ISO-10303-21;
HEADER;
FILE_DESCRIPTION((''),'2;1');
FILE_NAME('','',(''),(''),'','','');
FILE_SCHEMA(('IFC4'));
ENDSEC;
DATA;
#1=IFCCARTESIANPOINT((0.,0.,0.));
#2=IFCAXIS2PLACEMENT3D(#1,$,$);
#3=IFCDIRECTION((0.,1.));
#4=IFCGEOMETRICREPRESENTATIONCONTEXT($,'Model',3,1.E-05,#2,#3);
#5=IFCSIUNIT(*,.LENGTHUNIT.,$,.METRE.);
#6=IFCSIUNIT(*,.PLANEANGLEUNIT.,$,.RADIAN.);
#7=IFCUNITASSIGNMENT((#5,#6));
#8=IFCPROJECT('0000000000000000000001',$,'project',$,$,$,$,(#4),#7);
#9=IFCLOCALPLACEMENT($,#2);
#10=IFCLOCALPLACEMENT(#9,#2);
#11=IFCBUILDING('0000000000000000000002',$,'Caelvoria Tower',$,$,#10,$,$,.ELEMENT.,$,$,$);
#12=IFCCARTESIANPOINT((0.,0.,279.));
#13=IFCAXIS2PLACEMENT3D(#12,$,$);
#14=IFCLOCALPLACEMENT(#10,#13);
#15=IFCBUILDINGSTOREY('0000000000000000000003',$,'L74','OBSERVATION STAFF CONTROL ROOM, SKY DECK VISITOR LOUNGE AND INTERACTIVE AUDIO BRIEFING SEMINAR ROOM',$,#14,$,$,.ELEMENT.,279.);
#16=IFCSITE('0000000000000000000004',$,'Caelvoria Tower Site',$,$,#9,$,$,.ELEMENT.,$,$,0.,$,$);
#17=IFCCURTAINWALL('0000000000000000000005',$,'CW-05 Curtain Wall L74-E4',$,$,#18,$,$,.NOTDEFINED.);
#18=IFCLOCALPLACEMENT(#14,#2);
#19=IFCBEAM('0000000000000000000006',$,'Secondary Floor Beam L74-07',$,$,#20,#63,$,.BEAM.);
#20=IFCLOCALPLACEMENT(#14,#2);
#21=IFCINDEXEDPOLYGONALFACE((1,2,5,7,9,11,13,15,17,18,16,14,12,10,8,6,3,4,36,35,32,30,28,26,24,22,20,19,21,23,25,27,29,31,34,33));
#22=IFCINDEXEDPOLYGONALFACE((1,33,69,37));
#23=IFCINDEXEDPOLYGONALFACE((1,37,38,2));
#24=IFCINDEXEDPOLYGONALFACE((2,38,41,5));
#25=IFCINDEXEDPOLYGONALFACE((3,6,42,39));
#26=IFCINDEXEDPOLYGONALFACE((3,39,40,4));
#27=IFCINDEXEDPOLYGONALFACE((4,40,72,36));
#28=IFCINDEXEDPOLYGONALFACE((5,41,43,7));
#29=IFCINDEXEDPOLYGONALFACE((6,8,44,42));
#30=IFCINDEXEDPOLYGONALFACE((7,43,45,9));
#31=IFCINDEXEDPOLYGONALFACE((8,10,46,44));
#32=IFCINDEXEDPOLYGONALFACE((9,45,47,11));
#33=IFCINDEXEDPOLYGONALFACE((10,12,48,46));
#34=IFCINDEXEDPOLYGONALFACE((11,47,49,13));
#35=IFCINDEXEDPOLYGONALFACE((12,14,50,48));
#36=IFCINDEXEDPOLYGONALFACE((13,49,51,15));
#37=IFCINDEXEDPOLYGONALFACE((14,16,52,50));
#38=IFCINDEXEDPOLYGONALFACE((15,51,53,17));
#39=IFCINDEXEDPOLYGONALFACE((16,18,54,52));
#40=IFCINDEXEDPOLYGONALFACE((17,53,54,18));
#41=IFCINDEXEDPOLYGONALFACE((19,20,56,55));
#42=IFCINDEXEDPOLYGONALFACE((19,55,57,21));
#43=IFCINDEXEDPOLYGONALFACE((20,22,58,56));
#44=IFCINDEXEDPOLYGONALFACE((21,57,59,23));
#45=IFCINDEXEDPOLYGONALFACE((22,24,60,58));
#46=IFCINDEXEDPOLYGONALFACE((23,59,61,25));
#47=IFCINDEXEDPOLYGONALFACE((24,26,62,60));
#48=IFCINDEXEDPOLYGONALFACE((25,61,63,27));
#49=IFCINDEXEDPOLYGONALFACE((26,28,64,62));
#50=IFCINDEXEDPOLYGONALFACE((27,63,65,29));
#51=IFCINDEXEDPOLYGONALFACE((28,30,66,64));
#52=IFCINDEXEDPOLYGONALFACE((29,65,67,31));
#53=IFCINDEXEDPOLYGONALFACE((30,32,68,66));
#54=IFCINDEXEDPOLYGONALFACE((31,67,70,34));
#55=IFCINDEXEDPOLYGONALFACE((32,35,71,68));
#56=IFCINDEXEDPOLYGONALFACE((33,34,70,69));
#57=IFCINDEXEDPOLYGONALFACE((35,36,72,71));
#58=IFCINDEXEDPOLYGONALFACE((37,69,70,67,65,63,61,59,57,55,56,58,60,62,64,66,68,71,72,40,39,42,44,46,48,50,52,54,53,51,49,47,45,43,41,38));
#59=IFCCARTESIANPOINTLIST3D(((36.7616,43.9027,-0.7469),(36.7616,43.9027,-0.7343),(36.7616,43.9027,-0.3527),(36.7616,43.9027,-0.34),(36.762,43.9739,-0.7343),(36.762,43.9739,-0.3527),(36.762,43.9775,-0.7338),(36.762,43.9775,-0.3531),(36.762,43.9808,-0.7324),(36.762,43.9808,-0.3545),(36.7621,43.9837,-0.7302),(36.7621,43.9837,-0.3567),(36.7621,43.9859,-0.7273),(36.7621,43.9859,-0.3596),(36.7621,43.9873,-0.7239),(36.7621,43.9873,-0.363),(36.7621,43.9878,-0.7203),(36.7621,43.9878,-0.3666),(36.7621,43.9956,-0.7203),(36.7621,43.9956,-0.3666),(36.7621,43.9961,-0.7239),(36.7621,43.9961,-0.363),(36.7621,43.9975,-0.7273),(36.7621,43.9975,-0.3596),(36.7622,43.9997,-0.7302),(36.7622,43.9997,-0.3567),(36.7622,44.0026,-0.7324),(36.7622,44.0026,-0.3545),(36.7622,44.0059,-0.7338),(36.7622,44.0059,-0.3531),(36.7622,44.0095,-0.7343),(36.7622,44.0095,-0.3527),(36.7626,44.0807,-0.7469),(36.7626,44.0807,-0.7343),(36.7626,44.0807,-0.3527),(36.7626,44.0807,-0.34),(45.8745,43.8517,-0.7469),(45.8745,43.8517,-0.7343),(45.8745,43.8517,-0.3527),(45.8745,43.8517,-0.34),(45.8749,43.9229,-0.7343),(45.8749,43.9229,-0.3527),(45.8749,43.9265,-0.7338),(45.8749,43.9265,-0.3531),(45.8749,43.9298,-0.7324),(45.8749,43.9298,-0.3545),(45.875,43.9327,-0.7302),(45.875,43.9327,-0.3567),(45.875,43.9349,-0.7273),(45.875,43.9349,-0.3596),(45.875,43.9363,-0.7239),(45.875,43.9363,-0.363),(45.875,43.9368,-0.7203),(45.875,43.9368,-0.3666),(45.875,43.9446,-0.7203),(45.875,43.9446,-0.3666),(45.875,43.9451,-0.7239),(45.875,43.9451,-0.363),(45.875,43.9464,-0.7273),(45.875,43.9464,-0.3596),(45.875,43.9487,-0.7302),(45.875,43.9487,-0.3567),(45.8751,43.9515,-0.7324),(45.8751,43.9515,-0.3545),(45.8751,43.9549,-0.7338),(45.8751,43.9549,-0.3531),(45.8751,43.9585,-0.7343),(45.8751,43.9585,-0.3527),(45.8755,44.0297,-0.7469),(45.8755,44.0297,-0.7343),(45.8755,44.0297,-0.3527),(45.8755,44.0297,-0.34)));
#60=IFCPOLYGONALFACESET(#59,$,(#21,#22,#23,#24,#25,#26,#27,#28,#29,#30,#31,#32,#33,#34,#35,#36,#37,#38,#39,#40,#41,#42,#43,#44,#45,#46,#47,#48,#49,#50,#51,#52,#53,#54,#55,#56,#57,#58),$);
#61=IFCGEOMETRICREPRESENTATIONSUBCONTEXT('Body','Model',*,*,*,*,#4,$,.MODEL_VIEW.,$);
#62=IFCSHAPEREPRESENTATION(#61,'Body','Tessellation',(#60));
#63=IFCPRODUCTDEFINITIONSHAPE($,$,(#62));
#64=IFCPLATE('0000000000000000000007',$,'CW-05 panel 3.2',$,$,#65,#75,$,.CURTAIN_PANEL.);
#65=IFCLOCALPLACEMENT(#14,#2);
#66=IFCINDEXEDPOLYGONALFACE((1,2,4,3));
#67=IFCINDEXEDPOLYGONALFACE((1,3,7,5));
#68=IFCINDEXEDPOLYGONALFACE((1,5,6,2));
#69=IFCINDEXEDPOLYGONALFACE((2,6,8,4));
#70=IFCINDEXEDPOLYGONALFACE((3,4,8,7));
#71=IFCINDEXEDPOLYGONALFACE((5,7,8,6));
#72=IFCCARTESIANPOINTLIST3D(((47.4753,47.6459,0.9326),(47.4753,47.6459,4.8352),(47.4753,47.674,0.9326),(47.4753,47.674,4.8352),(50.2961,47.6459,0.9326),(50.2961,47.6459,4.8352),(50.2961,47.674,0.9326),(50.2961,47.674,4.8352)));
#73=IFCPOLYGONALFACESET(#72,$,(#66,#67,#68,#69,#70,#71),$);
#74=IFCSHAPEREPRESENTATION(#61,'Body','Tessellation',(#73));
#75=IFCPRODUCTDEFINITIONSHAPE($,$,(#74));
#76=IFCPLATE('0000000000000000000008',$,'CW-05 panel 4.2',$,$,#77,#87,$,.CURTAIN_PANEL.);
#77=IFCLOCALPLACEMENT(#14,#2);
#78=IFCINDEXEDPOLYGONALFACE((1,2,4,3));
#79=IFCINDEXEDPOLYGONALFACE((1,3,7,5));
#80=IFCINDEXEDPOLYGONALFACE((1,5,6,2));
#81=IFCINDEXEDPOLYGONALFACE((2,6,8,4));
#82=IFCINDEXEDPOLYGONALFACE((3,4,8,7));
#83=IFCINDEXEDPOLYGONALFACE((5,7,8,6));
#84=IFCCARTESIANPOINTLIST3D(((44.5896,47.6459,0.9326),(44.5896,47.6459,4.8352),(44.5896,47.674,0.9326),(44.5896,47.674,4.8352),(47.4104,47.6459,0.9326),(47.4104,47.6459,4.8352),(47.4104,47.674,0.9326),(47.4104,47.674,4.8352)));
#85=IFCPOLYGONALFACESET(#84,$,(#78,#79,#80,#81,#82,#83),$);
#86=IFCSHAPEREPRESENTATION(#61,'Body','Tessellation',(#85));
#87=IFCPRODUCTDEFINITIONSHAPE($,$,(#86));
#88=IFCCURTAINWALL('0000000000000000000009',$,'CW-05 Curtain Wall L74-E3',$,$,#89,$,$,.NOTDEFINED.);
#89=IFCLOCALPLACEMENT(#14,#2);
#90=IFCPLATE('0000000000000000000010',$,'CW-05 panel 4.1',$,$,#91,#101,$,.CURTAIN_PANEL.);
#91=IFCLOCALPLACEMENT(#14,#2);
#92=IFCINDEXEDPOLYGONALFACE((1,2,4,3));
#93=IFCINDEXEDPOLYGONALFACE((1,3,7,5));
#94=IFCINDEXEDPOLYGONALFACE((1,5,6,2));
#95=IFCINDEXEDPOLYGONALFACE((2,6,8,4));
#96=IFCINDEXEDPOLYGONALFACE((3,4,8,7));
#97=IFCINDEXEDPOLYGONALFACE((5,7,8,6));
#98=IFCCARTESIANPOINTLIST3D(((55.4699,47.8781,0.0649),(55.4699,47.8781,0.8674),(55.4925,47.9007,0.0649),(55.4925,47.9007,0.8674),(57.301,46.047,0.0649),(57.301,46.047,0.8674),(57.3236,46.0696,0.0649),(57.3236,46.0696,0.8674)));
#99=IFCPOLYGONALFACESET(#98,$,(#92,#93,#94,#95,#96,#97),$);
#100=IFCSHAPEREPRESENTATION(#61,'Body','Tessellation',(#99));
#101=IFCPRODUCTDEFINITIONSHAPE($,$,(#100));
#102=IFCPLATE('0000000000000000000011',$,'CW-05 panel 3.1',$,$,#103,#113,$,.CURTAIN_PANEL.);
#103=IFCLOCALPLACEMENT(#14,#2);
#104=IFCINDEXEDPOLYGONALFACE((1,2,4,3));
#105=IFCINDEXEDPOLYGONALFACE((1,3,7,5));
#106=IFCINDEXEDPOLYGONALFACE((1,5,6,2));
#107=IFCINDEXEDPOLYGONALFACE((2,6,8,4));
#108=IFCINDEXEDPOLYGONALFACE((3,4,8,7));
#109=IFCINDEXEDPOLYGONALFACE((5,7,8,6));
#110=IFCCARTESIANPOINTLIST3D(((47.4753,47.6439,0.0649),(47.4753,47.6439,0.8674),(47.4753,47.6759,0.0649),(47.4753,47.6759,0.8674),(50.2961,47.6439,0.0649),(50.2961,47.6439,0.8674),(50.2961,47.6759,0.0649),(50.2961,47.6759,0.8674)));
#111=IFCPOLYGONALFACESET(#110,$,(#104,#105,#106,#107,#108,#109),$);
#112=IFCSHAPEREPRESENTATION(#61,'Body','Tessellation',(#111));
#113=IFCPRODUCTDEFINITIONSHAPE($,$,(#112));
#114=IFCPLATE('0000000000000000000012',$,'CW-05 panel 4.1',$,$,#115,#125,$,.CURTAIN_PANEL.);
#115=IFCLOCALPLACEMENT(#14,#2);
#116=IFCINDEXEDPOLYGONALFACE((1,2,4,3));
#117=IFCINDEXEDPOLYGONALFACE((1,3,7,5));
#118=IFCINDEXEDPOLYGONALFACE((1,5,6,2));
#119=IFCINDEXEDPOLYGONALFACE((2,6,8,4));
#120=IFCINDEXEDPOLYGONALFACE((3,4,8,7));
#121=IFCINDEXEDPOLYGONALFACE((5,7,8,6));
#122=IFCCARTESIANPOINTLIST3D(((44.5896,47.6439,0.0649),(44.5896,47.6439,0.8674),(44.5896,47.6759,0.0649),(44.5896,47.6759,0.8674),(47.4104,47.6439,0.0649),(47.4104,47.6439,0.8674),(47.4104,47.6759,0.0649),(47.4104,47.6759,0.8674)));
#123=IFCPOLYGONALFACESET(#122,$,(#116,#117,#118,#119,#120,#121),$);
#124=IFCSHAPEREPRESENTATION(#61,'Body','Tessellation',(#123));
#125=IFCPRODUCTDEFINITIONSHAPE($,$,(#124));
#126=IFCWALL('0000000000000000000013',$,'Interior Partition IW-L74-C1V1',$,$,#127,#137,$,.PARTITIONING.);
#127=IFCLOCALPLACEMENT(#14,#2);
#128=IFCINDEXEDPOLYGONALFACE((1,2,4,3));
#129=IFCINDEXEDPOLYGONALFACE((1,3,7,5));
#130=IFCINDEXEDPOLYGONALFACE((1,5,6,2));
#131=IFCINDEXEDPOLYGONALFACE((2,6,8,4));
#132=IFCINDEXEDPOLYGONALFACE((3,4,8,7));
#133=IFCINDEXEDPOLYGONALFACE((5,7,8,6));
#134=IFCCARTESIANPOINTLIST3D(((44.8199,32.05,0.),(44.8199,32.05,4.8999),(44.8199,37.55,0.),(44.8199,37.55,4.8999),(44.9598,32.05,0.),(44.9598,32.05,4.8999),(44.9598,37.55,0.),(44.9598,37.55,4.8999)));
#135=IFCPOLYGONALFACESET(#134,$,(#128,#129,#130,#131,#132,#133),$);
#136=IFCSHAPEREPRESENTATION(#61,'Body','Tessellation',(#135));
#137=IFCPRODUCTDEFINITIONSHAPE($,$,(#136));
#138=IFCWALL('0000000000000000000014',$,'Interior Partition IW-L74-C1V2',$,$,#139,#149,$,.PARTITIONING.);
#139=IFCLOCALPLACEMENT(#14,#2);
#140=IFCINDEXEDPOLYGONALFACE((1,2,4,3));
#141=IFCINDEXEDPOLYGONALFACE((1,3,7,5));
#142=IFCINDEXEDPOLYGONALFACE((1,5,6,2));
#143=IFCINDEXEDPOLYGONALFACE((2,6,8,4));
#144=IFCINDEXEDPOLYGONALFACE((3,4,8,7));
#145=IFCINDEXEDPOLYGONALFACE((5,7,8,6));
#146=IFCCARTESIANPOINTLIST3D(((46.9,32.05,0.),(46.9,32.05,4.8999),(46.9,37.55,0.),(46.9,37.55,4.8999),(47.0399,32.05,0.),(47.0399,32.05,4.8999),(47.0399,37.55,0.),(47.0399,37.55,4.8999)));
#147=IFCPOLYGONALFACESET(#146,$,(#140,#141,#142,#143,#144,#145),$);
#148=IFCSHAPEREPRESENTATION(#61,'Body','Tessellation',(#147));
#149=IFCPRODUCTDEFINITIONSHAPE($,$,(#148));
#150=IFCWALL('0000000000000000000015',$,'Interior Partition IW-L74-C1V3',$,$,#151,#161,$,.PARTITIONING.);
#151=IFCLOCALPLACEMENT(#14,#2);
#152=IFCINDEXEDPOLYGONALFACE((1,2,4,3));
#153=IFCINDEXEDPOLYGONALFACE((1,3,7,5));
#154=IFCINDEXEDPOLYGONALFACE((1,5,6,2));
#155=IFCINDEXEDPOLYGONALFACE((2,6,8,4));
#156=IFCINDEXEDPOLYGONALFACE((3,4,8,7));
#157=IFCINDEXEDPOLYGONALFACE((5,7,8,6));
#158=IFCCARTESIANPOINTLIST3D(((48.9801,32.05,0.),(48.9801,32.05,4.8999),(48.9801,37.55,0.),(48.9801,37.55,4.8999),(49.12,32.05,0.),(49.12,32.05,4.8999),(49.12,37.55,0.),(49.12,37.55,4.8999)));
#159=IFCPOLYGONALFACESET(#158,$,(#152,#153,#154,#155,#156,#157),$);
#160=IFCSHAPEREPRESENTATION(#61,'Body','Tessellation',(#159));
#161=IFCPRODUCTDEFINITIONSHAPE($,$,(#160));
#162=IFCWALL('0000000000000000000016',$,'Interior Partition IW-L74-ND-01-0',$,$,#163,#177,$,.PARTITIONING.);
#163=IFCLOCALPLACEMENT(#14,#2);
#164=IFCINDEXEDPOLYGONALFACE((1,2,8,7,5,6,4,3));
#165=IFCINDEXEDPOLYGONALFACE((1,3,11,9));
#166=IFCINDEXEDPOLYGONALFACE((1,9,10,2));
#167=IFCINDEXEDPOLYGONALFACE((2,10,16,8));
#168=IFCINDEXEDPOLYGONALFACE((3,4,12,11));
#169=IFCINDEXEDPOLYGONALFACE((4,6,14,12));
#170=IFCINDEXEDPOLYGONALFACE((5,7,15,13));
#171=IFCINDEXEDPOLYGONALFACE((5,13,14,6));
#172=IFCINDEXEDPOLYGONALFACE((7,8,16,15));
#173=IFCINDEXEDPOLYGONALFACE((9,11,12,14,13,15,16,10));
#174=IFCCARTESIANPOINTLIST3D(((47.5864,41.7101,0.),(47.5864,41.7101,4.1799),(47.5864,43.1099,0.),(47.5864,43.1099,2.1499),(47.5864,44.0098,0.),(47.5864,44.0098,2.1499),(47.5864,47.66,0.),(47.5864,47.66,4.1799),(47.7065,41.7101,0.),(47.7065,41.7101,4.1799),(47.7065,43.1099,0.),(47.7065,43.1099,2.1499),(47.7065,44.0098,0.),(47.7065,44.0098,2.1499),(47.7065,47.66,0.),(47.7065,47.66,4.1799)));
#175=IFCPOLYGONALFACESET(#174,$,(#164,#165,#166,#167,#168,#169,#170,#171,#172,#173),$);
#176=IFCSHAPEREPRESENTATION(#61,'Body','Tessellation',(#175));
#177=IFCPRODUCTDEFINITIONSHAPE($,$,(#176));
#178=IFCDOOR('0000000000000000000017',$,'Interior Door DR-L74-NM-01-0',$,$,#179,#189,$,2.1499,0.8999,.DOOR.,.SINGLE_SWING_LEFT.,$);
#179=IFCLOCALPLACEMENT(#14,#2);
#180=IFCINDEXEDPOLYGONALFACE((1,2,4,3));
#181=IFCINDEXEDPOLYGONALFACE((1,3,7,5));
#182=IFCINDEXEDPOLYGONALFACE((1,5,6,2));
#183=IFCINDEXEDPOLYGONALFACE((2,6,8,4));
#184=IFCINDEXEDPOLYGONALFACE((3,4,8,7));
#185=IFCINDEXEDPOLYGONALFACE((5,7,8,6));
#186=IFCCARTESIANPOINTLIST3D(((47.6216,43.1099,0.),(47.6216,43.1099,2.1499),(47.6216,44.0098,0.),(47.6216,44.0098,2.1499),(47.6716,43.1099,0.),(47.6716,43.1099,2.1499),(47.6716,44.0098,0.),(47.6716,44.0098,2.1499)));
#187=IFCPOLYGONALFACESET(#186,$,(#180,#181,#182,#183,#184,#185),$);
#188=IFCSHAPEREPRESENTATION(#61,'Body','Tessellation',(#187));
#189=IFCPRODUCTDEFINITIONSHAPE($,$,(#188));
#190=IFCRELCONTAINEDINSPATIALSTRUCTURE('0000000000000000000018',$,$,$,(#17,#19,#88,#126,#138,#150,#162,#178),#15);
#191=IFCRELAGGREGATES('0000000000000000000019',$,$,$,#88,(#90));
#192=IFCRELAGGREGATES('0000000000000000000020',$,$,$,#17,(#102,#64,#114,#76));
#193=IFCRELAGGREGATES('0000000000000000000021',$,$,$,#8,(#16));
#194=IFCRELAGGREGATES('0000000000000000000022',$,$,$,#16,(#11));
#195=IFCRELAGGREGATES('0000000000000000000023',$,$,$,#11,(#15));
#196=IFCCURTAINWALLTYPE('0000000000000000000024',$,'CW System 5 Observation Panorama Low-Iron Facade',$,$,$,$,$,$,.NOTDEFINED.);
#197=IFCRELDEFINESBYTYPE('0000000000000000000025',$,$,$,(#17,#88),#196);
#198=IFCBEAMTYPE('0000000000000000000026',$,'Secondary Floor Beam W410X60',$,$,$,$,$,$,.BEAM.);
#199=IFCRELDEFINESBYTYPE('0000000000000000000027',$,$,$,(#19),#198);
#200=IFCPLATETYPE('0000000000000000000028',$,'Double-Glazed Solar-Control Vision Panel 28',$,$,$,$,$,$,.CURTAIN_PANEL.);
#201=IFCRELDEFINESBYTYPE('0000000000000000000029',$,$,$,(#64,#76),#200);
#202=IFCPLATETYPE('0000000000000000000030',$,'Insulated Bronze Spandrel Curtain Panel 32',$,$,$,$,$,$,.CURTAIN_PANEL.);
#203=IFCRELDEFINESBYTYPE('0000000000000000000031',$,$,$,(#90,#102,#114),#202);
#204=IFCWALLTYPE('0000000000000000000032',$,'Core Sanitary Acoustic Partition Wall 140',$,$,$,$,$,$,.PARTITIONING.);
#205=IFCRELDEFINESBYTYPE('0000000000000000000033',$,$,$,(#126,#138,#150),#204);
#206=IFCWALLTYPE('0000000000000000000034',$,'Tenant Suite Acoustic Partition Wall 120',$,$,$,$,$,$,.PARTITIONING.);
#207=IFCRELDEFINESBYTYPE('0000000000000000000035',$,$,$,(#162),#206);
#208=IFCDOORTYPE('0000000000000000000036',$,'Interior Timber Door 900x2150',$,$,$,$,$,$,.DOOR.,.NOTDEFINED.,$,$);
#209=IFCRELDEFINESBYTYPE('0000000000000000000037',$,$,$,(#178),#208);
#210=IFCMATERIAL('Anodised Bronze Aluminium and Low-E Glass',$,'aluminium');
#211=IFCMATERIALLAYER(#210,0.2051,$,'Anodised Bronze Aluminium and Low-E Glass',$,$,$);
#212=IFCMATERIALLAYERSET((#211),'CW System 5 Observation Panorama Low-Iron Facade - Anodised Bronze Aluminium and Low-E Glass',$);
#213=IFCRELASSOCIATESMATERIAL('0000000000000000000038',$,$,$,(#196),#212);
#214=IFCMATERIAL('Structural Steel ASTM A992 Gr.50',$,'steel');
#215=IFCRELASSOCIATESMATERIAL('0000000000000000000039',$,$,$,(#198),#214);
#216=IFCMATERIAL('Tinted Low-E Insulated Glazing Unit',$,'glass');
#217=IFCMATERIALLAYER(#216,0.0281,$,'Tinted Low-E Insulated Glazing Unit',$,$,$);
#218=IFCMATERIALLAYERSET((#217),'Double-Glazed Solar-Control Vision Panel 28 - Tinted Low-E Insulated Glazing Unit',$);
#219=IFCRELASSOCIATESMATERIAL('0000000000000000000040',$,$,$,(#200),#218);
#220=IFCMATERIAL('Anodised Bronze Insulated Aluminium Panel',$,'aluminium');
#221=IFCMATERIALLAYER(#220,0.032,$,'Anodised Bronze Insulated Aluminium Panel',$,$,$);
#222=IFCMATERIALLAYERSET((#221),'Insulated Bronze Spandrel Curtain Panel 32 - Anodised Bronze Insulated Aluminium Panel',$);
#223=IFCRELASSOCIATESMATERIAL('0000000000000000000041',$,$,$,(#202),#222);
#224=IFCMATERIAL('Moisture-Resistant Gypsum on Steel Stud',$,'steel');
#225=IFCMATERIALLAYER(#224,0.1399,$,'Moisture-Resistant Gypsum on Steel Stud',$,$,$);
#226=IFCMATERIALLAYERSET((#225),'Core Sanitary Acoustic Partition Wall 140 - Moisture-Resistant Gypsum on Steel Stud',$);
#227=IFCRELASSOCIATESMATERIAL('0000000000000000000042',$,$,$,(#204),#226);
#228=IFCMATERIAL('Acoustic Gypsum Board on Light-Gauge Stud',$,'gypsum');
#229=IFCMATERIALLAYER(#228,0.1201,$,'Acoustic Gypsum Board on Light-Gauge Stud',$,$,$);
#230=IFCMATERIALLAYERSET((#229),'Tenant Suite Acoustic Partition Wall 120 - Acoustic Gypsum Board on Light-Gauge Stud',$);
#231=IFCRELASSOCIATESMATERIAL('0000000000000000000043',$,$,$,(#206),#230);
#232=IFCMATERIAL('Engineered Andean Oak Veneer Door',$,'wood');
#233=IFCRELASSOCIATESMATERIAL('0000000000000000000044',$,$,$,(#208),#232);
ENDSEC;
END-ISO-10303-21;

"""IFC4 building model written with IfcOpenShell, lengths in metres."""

from ifc_helpers import new_model, si_unit, direction, frame, frame_2d, origin, origin_2d, place, context, subcontext, project, spatial, rectangle, i_section, extrude, material, layer, layer_set, material_profile, profile_set, type_object, element, fill, aggregate, save


model = new_model("IFC4")

# Units and contexts
model_context = context("Model", 3, precision=1e-05, world=origin(), true_north=direction((0.0, 1.0)))
body_context = subcontext(model_context, "Body", "Model", "MODEL_VIEW")
ifc_project = project(units=[si_unit("LENGTHUNIT", "METRE"), si_unit("PLANEANGLEUNIT", "RADIAN")], contexts=[model_context])

# Site, building, storey
site_placement = place(None, origin())
site = spatial("IfcSite", under=ifc_project, at=site_placement, Name="Caelvoria Tower Site", CompositionType="ELEMENT", RefElevation=0.0)
building_placement = place(site_placement, origin())
building = spatial("IfcBuilding", under=site, at=building_placement, Name="Caelvoria Tower", CompositionType="ELEMENT")
storey_placement = place(building_placement, frame((0.0, 0.0, 279.0)))
storey = spatial("IfcBuildingStorey", under=building, at=storey_placement, Name="L74", Description="OBSERVATION STAFF CONTROL ROOM, SKY DECK VISITOR LOUNGE AND INTERACTIVE AUDIO BRIEFING SEMINAR ROOM", CompositionType="ELEMENT", Elevation=279.0)

# Shared definitions
ifc_material_1 = material(Name="Structural Steel ASTM A992 Gr.50", Category="steel")

# Curtain wall
ifc_material_2 = material(Name="Anodised Bronze Aluminium and Low-E Glass", Category="aluminium")
ifc_layer_1 = layer(ifc_material_2, 0.2051, Name="Anodised Bronze Aluminium and Low-E Glass")
ifc_layer_set_1 = layer_set([ifc_layer_1], Name="CW System 5 Observation Panorama Low-Iron Facade - Anodised Bronze Aluminium and Low-E Glass")
curtain_wall_type = type_object("IfcCurtainWallType", Name="CW System 5 Observation Panorama Low-Iron Facade", PredefinedType="NOTDEFINED", material=ifc_layer_set_1)
curtain_wall_1_placement = place(storey_placement, origin())
curtain_wall_1 = element("IfcCurtainWall", 1, at=curtain_wall_1_placement, inside=storey, type_object=curtain_wall_type, Name="CW-05 Curtain Wall L74-E4", PredefinedType="NOTDEFINED")

# Beam
ifc_material_profile_1 = material_profile(ifc_material_1, i_section(OverallWidth=0.178, OverallDepth=0.407, WebThickness=0.0078, FlangeThickness=0.0127, FilletRadius=0.0139, at=origin_2d()), Name="Structural Steel ASTM A992 Gr.50")
ifc_profile_set_1 = profile_set([ifc_material_profile_1], Name="W410X60 - Structural Steel ASTM A992 Gr.50")
beam_type_1 = type_object("IfcBeamType", Name="Secondary Floor Beam W410X60", PredefinedType="BEAM", material=ifc_profile_set_1)
for number, where, z_axis, x_axis, name in (
    (2, (45.875, 43.9407, -0.5435), (-0.999984, 0.005599, 0.0), (-0.005599, -0.999984, 0.0), "Secondary Floor Beam L74-07"),
):
    element("IfcBeam", number, at=place(storey_placement, frame(where, z_axis=z_axis, x_axis=x_axis)), inside=storey, type_object=beam_type_1, Name=name, PredefinedType="BEAM", context=body_context, shape_type="SweptSolid", body=[
        extrude(i_section(OverallWidth=0.178, OverallDepth=0.407, WebThickness=0.0078, FlangeThickness=0.0127, FilletRadius=0.0139, at=origin_2d()), origin(), (0.0, 0.0, 1.0), 9.113),
    ])

# Plates
ifc_material_3 = material(Name="Tinted Low-E Insulated Glazing Unit", Category="glass")
ifc_layer_2 = layer(ifc_material_3, 0.0281, Name="Tinted Low-E Insulated Glazing Unit")
ifc_layer_set_2 = layer_set([ifc_layer_2], Name="Double-Glazed Solar-Control Vision Panel 28 - Tinted Low-E Insulated Glazing Unit")
plate_type_1 = type_object("IfcPlateType", Name="Double-Glazed Solar-Control Vision Panel 28", PredefinedType="CURTAIN_PANEL", material=ifc_layer_set_2)
plate_1_placement = place(storey_placement, frame((48.8857, 47.6599, 0.9326), z_axis=(0.0, 0.0, 1.0), x_axis=(-1.0, 0.0, 0.0)))
plate_1 = element("IfcPlate", 3, at=plate_1_placement, type_object=plate_type_1, Name="CW-05 panel 3.2", PredefinedType="CURTAIN_PANEL", context=body_context, shape_type="SweptSolid", body=[
    extrude(rectangle(XDim=2.8208, YDim=0.0281, at=origin_2d()), origin(), (0.0, 0.0, 1.0), 3.9026),
])
plate_2_placement = place(storey_placement, frame((46.0, 47.6599, 0.9326), z_axis=(0.0, 0.0, 1.0), x_axis=(-1.0, 0.0, 0.0)))
plate_2 = element("IfcPlate", 4, at=plate_2_placement, type_object=plate_type_1, Name="CW-05 panel 4.2", PredefinedType="CURTAIN_PANEL", context=body_context, shape_type="SweptSolid", body=[
    extrude(rectangle(XDim=2.8208, YDim=0.0281, at=origin_2d()), origin(), (0.0, 0.0, 1.0), 3.9026),
])

# Curtain wall, plate
curtain_wall_2_placement = place(storey_placement, origin())
curtain_wall_2 = element("IfcCurtainWall", 5, at=curtain_wall_2_placement, inside=storey, type_object=curtain_wall_type, Name="CW-05 Curtain Wall L74-E3", PredefinedType="NOTDEFINED")
ifc_material_4 = material(Name="Anodised Bronze Insulated Aluminium Panel", Category="aluminium")
ifc_layer_3 = layer(ifc_material_4, 0.032, Name="Anodised Bronze Insulated Aluminium Panel")
ifc_layer_set_3 = layer_set([ifc_layer_3], Name="Insulated Bronze Spandrel Curtain Panel 32 - Anodised Bronze Insulated Aluminium Panel")
plate_type_2 = type_object("IfcPlateType", Name="Insulated Bronze Spandrel Curtain Panel 32", PredefinedType="CURTAIN_PANEL", material=ifc_layer_set_3)
plate_3_placement = place(storey_placement, frame((56.3967, 46.9739, 0.0649), z_axis=(0.0, 0.0, 1.0), x_axis=(-0.707107, 0.707107, 0.0)))
plate_3 = element("IfcPlate", 6, at=plate_3_placement, type_object=plate_type_2, Name="CW-05 panel 4.1", PredefinedType="CURTAIN_PANEL", context=body_context, shape_type="SweptSolid", body=[
    extrude(rectangle(XDim=2.5896, YDim=0.032, at=origin_2d()), origin(), (0.0, 0.0, 1.0), 0.8025),
])
aggregate(curtain_wall_2, [plate_3])

# Plates
plate_4_placement = place(storey_placement, frame((48.8857, 47.6599, 0.0649), z_axis=(0.0, 0.0, 1.0), x_axis=(-1.0, 0.0, 0.0)))
plate_4 = element("IfcPlate", 7, at=plate_4_placement, type_object=plate_type_2, Name="CW-05 panel 3.1", PredefinedType="CURTAIN_PANEL", context=body_context, shape_type="SweptSolid", body=[
    extrude(rectangle(XDim=2.8208, YDim=0.032, at=origin_2d()), origin(), (0.0, 0.0, 1.0), 0.8025),
])
plate_5_placement = place(storey_placement, frame((46.0, 47.6599, 0.0649), z_axis=(0.0, 0.0, 1.0), x_axis=(-1.0, 0.0, 0.0)))
plate_5 = element("IfcPlate", 8, at=plate_5_placement, type_object=plate_type_2, Name="CW-05 panel 4.1", PredefinedType="CURTAIN_PANEL", context=body_context, shape_type="SweptSolid", body=[
    extrude(rectangle(XDim=2.8208, YDim=0.032, at=origin_2d()), origin(), (0.0, 0.0, 1.0), 0.8025),
])
aggregate(curtain_wall_1, [plate_4, plate_1, plate_5, plate_2])

# Walls
ifc_material_5 = material(Name="Moisture-Resistant Gypsum on Steel Stud", Category="steel")
ifc_layer_4 = layer(ifc_material_5, 0.1399, Name="Moisture-Resistant Gypsum on Steel Stud")
ifc_layer_set_4 = layer_set([ifc_layer_4], Name="Core Sanitary Acoustic Partition Wall 140 - Moisture-Resistant Gypsum on Steel Stud")
wall_type_1 = type_object("IfcWallType", Name="Core Sanitary Acoustic Partition Wall 140", PredefinedType="PARTITIONING", material=ifc_layer_set_4)
for number, where, z_axis, x_axis, name in (
    (9, (44.8899, 32.05, 0.0), (0.0, 0.0, 1.0), (0.0, 1.0, 0.0), "Interior Partition IW-L74-C1V1"),
    (10, (46.97, 32.05, 0.0), (0.0, 0.0, 1.0), (0.0, 1.0, 0.0), "Interior Partition IW-L74-C1V2"),
    (11, (49.05, 32.05, 0.0), (0.0, 0.0, 1.0), (0.0, 1.0, 0.0), "Interior Partition IW-L74-C1V3"),
):
    element("IfcWall", number, at=place(storey_placement, frame(where, z_axis=z_axis, x_axis=x_axis)), inside=storey, type_object=wall_type_1, Name=name, PredefinedType="PARTITIONING", context=body_context, shape_type="SweptSolid", body=[
        extrude(rectangle(XDim=5.5, YDim=0.1399, at=frame_2d((2.75, 0.0))), origin(), (0.0, 0.0, 1.0), 4.8999),
    ])

# Wall, opening, door
ifc_material_6 = material(Name="Acoustic Gypsum Board on Light-Gauge Stud", Category="gypsum")
ifc_layer_5 = layer(ifc_material_6, 0.1201, Name="Acoustic Gypsum Board on Light-Gauge Stud")
ifc_layer_set_5 = layer_set([ifc_layer_5], Name="Tenant Suite Acoustic Partition Wall 120 - Acoustic Gypsum Board on Light-Gauge Stud")
wall_type_2 = type_object("IfcWallType", Name="Tenant Suite Acoustic Partition Wall 120", PredefinedType="PARTITIONING", material=ifc_layer_set_5)
wall_placement = place(storey_placement, frame((47.6465, 41.71, 0.0), z_axis=(0.0, 0.0, 1.0), x_axis=(0.0, 1.0, 0.0)))
wall = element("IfcWall", 12, at=wall_placement, inside=storey, type_object=wall_type_2, Name="Interior Partition IW-L74-ND-01-0", PredefinedType="PARTITIONING", context=body_context, shape_type="SweptSolid", body=[
    extrude(rectangle(XDim=5.95, YDim=0.1201, at=frame_2d((2.9751, 0.0))), origin(), (0.0, 0.0, 1.0), 4.1799),
])
opening_placement = place(wall_placement, frame((1.3999, 0.0, 0.0)))
opening = element("IfcOpeningElement", 13, at=opening_placement, cuts=wall, PredefinedType="OPENING", context=body_context, shape_type="SweptSolid", body=[
    extrude(rectangle(XDim=0.8999, YDim=2.1499, at=frame_2d((0.45, 1.075))), frame((0.0, 0.0701, 0.0), z_axis=(0.0, -1.0, 0.0), x_axis=(1.0, 0.0, 0.0)), (0.0, 0.0, 1.0), 0.1401),
])
ifc_material_7 = material(Name="Engineered Andean Oak Veneer Door", Category="wood")
door_type = type_object("IfcDoorType", Name="Interior Timber Door 900x2150", OperationType="NOTDEFINED", PredefinedType="DOOR", material=ifc_material_7)
door_placement = place(opening_placement, origin())
door = element("IfcDoor", 14, at=door_placement, inside=storey, type_object=door_type, Name="Interior Door DR-L74-NM-01-0", OperationType="SINGLE_SWING_LEFT", OverallHeight=2.1499, OverallWidth=0.8999, PredefinedType="DOOR", context=body_context, shape_type="SweptSolid", body=[
    extrude(rectangle(XDim=0.8999, YDim=2.1499, at=frame_2d((0.45, 1.075))), frame((0.0, 0.0249, 0.0), z_axis=(0.0, -1.0, 0.0), x_axis=(1.0, 0.0, 0.0)), (0.0, 0.0, 1.0), 0.05),
])
fill(opening, door)

save(model, "model.ifc")
